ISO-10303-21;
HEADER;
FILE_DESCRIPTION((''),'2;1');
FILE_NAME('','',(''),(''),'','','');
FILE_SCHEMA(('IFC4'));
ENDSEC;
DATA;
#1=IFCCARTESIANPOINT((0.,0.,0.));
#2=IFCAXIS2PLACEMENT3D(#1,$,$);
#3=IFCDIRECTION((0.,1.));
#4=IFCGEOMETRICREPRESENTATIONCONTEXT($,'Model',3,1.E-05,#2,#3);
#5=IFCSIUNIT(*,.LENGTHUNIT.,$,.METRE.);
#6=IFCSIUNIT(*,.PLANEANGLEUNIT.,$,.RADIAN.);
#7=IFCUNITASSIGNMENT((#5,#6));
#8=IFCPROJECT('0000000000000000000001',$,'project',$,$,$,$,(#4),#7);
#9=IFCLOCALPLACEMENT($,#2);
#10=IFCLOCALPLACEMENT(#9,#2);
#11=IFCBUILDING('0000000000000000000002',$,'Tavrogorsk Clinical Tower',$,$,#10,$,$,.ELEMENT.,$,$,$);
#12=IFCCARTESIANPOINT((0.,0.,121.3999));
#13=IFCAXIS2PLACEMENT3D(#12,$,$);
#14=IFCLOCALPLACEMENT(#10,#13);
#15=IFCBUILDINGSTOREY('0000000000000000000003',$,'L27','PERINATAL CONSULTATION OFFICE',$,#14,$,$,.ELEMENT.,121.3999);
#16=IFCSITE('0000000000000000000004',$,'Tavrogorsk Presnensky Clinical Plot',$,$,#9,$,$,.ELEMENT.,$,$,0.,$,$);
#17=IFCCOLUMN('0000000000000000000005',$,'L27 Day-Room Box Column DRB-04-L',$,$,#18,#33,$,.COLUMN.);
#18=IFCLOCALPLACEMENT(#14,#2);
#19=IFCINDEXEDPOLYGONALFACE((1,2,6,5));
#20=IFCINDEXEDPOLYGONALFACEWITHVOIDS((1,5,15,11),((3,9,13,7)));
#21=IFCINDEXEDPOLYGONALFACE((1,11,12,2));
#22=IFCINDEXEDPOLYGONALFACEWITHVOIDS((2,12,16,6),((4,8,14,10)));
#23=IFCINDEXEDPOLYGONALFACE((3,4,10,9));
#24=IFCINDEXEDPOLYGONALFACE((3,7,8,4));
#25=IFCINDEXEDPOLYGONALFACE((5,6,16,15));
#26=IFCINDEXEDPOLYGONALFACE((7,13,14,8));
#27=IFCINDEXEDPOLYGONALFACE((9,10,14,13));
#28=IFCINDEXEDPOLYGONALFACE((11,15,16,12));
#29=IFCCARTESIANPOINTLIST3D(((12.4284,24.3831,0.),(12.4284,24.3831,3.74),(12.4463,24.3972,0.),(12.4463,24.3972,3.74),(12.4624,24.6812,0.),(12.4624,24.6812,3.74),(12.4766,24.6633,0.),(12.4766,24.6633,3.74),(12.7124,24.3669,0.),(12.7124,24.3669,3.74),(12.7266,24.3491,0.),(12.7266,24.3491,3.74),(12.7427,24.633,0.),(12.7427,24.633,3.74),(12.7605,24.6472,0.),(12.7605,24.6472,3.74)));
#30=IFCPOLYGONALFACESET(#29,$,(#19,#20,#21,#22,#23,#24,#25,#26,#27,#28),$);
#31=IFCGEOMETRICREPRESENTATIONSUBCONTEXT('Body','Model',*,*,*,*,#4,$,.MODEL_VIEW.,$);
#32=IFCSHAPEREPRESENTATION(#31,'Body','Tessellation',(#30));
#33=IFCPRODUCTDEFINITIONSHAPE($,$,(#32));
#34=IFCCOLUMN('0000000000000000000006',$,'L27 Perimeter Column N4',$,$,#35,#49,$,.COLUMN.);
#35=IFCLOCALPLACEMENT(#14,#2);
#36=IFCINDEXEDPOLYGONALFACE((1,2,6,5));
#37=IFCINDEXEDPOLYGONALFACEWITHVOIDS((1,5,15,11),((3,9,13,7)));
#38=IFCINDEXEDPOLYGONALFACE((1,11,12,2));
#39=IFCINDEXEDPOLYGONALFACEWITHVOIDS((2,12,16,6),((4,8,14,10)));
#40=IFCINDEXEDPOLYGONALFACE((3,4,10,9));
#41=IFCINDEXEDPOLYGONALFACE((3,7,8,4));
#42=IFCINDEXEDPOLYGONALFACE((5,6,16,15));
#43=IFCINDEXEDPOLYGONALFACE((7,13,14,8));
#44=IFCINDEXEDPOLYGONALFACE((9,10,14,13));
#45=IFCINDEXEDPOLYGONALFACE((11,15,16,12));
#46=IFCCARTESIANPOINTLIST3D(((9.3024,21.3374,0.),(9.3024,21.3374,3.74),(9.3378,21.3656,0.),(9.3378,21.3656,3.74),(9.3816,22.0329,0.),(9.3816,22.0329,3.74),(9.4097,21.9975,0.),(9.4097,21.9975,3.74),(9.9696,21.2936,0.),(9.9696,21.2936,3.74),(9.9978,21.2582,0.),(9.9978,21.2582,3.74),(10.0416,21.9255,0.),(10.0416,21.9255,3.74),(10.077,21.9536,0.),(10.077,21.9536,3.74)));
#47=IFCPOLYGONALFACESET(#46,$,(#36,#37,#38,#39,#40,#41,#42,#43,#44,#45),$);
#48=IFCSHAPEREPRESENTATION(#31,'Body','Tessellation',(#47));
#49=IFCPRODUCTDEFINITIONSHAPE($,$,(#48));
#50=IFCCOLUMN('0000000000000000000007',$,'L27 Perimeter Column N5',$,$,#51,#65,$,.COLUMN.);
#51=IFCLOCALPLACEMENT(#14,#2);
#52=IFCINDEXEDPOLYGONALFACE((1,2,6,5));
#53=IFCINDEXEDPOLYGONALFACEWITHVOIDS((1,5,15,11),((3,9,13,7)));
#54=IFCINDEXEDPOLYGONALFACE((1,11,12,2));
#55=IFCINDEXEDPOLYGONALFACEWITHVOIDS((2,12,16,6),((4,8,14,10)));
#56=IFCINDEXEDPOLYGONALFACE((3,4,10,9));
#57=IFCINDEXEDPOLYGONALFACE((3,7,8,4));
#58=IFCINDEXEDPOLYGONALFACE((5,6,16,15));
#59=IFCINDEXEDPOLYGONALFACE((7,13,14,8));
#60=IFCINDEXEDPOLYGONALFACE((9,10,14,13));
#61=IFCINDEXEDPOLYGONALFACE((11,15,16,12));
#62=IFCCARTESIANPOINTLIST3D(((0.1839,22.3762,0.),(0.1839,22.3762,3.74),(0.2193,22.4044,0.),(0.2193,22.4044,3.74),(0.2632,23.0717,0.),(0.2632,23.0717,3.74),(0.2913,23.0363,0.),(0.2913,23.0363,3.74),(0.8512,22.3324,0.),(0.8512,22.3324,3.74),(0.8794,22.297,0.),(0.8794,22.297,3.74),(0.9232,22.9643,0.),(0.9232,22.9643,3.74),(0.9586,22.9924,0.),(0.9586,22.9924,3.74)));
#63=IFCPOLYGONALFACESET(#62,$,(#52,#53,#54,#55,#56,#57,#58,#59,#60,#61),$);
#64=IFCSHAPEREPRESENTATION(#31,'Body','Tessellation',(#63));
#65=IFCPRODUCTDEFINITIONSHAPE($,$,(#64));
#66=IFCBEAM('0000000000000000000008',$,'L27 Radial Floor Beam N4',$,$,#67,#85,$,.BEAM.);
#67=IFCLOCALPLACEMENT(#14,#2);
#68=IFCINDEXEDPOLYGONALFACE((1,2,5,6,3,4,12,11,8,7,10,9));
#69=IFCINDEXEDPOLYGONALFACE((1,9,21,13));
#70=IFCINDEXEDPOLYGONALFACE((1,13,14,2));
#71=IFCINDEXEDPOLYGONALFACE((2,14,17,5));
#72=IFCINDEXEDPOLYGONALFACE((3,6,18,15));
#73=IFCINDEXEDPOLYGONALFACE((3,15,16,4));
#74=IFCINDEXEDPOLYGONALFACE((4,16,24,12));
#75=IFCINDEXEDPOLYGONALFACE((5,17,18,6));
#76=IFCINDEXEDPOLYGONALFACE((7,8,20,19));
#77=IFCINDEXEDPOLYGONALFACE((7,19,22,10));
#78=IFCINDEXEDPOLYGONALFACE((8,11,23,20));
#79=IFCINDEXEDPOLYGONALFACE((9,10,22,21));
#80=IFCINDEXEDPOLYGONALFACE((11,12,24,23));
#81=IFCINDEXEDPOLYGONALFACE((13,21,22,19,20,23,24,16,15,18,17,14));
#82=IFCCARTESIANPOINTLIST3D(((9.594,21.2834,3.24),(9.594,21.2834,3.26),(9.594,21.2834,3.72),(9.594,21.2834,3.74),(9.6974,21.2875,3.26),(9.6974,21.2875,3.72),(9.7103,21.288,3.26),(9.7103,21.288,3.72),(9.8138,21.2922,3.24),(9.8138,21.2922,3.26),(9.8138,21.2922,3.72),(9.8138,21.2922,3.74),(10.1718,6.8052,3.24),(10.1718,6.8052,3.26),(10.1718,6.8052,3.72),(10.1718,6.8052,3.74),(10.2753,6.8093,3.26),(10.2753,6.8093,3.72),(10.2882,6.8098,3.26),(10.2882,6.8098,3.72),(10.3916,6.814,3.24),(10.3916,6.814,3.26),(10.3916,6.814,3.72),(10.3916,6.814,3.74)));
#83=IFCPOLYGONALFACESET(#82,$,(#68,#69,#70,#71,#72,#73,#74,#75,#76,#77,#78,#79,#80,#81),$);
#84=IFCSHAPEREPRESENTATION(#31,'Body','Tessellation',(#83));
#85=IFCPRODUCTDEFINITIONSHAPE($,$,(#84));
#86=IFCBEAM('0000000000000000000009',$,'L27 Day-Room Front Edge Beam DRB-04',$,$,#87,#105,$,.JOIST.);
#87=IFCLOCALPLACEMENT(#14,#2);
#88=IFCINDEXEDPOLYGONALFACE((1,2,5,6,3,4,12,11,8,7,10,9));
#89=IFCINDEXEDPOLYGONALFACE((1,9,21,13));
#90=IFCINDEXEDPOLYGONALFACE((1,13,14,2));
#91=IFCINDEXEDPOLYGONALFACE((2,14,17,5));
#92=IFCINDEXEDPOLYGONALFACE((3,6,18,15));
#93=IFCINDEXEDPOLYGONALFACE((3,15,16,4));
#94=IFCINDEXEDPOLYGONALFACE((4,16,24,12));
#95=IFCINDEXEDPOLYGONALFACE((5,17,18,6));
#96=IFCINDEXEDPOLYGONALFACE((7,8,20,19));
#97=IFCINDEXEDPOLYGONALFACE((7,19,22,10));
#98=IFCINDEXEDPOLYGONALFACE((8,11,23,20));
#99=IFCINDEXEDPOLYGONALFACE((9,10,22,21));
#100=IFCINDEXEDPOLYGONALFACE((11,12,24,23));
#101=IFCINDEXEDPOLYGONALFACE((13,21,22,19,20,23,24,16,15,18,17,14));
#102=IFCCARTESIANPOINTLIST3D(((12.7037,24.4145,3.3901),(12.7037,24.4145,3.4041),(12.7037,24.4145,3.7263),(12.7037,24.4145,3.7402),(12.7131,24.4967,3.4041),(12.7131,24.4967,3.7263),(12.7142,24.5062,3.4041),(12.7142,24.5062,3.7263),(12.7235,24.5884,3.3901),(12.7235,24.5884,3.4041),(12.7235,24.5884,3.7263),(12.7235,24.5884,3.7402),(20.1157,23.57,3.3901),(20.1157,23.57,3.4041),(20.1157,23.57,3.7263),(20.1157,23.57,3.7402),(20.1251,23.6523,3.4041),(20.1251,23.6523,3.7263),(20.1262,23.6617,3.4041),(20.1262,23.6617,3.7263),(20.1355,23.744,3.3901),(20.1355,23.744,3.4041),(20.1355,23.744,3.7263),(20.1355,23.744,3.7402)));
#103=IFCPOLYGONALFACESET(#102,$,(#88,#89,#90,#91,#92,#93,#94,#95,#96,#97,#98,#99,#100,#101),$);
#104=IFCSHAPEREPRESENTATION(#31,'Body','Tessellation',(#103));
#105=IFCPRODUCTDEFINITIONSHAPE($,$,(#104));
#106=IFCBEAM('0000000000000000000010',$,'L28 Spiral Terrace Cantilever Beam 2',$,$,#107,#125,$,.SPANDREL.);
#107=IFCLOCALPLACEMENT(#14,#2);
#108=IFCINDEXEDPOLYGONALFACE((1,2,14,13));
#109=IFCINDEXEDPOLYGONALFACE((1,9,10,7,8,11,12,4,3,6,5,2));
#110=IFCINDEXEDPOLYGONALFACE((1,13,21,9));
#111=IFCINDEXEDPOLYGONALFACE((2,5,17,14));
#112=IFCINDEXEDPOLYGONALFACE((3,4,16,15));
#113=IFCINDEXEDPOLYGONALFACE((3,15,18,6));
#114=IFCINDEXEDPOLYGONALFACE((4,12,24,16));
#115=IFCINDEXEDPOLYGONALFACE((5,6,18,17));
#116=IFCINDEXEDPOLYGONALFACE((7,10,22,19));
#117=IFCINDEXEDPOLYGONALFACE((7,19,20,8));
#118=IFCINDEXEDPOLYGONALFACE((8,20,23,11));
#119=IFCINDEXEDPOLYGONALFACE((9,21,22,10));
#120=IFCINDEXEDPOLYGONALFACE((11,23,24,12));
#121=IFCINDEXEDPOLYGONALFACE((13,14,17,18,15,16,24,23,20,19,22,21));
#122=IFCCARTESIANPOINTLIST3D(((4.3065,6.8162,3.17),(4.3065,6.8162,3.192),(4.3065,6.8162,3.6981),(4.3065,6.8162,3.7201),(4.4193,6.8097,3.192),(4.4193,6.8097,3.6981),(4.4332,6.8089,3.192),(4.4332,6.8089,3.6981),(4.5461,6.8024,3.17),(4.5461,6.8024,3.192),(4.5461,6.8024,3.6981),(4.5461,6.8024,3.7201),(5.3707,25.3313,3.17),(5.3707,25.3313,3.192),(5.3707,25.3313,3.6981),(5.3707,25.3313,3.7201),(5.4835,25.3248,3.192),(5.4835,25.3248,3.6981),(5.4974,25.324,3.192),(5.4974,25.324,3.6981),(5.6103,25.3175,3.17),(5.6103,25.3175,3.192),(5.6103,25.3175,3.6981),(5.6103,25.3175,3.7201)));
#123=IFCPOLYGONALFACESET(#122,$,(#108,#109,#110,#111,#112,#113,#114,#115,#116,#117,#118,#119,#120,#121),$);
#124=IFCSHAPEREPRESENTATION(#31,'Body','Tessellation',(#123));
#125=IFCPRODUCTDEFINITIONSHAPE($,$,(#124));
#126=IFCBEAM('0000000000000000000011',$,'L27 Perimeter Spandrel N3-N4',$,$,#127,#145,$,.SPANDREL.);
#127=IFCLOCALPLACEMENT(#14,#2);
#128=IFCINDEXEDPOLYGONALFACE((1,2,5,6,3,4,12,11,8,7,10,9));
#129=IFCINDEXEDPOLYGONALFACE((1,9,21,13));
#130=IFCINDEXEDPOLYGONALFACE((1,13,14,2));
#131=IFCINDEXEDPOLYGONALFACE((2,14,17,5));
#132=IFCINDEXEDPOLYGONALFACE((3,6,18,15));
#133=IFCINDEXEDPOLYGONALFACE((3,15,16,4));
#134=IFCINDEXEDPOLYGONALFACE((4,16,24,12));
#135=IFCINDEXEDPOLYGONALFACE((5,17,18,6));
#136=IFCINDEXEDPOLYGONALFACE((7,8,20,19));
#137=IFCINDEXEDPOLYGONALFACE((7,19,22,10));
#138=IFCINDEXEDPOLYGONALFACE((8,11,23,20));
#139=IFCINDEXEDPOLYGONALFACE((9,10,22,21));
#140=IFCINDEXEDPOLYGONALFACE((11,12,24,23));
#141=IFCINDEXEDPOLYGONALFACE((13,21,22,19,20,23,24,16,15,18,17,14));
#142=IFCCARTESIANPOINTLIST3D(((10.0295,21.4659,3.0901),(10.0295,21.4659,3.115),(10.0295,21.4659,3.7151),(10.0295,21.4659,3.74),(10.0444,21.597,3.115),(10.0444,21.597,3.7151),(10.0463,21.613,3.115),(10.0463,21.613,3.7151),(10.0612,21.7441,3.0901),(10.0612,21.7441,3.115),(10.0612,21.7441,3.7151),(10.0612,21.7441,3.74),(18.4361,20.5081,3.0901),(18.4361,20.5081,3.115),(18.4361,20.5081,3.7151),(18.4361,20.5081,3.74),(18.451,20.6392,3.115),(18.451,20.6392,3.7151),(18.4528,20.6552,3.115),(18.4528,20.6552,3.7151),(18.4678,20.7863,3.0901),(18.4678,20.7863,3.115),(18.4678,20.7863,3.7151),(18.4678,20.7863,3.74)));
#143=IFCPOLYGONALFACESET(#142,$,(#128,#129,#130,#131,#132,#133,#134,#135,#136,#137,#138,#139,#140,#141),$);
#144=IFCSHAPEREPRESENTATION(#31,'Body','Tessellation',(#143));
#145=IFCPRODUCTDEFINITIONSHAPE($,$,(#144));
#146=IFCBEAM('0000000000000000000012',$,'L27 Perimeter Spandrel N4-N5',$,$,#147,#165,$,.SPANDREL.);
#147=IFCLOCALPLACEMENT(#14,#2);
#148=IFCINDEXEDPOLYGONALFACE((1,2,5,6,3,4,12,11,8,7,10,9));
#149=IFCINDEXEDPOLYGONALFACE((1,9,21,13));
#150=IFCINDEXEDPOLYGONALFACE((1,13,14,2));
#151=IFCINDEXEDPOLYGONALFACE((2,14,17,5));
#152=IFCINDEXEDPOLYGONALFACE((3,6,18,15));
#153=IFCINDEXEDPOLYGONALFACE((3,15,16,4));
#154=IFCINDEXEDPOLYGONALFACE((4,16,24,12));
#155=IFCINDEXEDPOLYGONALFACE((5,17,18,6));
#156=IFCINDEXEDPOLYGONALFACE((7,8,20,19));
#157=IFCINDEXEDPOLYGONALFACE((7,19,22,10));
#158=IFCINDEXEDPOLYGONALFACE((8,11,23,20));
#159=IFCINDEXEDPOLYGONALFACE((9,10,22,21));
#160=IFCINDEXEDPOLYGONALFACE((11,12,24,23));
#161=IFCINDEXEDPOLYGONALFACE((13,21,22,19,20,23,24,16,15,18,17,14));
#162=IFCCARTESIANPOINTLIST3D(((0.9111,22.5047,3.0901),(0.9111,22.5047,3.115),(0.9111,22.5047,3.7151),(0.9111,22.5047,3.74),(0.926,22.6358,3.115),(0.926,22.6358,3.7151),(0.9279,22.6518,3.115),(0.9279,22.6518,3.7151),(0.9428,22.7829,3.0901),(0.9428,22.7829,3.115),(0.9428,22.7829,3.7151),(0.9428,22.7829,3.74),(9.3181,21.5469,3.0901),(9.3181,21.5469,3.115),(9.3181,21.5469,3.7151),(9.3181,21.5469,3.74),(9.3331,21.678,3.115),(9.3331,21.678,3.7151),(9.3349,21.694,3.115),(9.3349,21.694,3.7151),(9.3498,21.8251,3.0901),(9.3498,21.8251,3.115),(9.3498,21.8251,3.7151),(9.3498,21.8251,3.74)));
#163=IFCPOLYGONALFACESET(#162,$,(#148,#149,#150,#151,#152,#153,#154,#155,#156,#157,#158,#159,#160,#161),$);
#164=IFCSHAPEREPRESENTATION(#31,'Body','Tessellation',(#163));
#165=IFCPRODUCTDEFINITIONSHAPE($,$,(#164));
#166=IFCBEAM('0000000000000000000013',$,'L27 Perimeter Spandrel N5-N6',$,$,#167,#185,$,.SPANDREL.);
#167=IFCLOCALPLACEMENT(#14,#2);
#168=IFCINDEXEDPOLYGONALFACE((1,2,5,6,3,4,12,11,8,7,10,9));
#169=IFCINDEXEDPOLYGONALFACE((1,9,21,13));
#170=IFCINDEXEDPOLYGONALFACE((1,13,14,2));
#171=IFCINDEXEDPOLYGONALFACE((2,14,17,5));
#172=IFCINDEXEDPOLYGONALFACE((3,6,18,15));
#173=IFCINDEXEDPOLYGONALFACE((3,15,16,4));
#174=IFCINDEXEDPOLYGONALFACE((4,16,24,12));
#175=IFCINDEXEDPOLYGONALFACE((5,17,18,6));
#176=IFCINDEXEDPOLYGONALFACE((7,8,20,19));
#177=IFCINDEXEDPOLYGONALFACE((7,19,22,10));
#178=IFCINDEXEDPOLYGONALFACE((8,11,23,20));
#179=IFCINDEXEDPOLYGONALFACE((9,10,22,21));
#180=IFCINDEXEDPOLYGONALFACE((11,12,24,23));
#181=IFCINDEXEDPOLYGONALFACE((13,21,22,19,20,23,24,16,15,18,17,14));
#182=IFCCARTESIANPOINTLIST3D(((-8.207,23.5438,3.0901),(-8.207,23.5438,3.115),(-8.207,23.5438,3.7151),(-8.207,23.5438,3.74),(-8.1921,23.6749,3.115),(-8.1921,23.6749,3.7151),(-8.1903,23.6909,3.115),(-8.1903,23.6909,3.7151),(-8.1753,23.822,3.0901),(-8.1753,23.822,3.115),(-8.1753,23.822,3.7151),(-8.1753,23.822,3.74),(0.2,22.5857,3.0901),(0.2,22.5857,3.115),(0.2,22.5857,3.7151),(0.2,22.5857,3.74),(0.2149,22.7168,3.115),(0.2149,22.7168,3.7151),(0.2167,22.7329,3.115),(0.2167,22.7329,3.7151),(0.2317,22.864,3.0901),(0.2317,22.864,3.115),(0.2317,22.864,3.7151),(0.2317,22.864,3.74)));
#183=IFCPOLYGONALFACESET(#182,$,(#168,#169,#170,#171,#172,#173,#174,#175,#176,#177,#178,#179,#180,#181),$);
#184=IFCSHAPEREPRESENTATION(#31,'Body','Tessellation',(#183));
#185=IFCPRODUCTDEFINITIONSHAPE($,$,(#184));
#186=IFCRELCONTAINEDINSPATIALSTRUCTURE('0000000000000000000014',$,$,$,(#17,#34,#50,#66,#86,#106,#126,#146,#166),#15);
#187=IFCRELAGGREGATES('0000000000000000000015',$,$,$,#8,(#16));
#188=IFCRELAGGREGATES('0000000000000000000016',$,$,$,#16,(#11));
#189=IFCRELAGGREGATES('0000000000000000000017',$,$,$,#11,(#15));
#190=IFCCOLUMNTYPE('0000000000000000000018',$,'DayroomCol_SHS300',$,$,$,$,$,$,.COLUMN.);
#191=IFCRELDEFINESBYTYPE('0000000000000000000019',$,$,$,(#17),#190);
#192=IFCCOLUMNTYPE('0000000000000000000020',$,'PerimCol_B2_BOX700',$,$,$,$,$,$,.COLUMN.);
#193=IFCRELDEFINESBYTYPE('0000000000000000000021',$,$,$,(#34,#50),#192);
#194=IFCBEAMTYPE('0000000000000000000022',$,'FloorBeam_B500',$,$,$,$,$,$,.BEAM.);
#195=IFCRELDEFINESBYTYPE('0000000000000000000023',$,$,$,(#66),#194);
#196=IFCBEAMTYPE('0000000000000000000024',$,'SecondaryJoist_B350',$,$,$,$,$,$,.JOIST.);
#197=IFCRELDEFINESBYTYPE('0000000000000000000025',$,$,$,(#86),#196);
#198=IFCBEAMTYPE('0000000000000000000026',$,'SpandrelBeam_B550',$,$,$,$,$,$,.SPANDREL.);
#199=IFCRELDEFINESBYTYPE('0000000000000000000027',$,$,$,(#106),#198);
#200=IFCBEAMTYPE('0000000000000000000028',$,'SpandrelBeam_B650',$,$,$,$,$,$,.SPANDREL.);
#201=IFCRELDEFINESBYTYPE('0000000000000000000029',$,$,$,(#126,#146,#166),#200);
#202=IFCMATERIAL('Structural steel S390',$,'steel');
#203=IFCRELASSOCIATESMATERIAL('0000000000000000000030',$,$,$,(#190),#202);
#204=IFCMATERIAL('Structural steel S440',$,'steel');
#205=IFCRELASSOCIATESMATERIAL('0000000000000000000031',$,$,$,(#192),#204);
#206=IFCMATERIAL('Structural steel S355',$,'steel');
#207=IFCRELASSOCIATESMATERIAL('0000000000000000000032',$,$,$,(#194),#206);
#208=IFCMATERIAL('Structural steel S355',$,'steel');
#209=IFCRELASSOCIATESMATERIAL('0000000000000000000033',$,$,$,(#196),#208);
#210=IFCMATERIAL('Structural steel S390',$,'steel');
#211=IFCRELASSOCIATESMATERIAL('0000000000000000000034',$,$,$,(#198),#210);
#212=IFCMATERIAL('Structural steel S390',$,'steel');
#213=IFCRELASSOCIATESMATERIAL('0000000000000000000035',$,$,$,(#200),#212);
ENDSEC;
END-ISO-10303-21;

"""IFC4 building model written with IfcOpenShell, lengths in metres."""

from ifc_helpers import new_model, si_unit, direction, frame, origin, origin_2d, place, context, subcontext, project, spatial, hollow_rectangle, i_section, extrude, material, material_profile, profile_set, type_object, element, save


model = new_model("IFC4")

# Units and contexts
model_context = context("Model", 3, precision=1e-05, world=origin(), true_north=direction((0.0, 1.0)))
body_context = subcontext(model_context, "Body", "Model", "MODEL_VIEW")
ifc_project = project(units=[si_unit("LENGTHUNIT", "METRE"), si_unit("PLANEANGLEUNIT", "RADIAN")], contexts=[model_context])

# Site, building, storey
site_placement = place(None, origin())
site = spatial("IfcSite", under=ifc_project, at=site_placement, Name="Tavrogorsk Presnensky Clinical Plot", CompositionType="ELEMENT", RefElevation=0.0)
building_placement = place(site_placement, origin())
building = spatial("IfcBuilding", under=site, at=building_placement, Name="Tavrogorsk Clinical Tower", CompositionType="ELEMENT")
storey_placement = place(building_placement, frame((0.0, 0.0, 121.3999)))
storey = spatial("IfcBuildingStorey", under=building, at=storey_placement, Name="L27", Description="PERINATAL CONSULTATION OFFICE", CompositionType="ELEMENT", Elevation=121.3999)

# Columns
ifc_material_1 = material(Name="Structural steel S390", Category="steel")
ifc_material_profile_1 = material_profile(ifc_material_1, hollow_rectangle(XDim=0.3, YDim=0.3, WallThickness=0.0161, at=origin_2d()), Name="SHS-300x300x16")
ifc_profile_set_1 = profile_set([ifc_material_profile_1], Name="Structural steel S390")
column_type_1 = type_object("IfcColumnType", Name="DayroomCol_SHS300", PredefinedType="COLUMN", material=ifc_profile_set_1)
column_placement = place(storey_placement, frame((12.5945, 24.5151, 0.0), z_axis=(0.0, 0.0, 1.0), x_axis=(0.993572, -0.113203, 0.0)))
element("IfcColumn", 1, at=column_placement, inside=storey, type_object=column_type_1, Name="L27 Day-Room Box Column DRB-04-L", PredefinedType="COLUMN", context=body_context, shape_type="SweptSolid", body=[
    extrude(hollow_rectangle(XDim=0.3, YDim=0.3, WallThickness=0.0161, at=origin_2d()), origin(), (0.0, 0.0, 1.0), 3.74),
])
ifc_material_2 = material(Name="Structural steel S440", Category="steel")
ifc_material_profile_2 = material_profile(ifc_material_2, hollow_rectangle(XDim=0.7, YDim=0.7, WallThickness=0.032, at=origin_2d()), Name="BOX-700x700x32")
ifc_profile_set_2 = profile_set([ifc_material_profile_2], Name="Structural steel S440")
column_type_2 = type_object("IfcColumnType", Name="PerimCol_B2_BOX700", PredefinedType="COLUMN", material=ifc_profile_set_2)
for number, where, z_axis, x_axis, name in (
    (2, (9.6897, 21.6455, 0.0), (0.0, 0.0, 1.0), (0.993572, -0.113203, 0.0), "L27 Perimeter Column N4"),
    (3, (0.5713, 22.6843, 0.0), (0.0, 0.0, 1.0), (0.993572, -0.113203, 0.0), "L27 Perimeter Column N5"),
):
    element("IfcColumn", number, at=place(storey_placement, frame(where, z_axis=z_axis, x_axis=x_axis)), inside=storey, type_object=column_type_2, Name=name, PredefinedType="COLUMN", context=body_context, shape_type="SweptSolid", body=[
        extrude(hollow_rectangle(XDim=0.7, YDim=0.7, WallThickness=0.032, at=origin_2d()), origin(), (0.0, 0.0, 1.0), 3.74),
    ])

# Beams
ifc_material_3 = material(Name="Structural steel S355", Category="steel")
ifc_material_profile_3 = material_profile(ifc_material_3, i_section(OverallWidth=0.22, OverallDepth=0.5, WebThickness=0.0129, FlangeThickness=0.02, at=origin_2d()), Name="B-500x220x13x20")
ifc_profile_set_3 = profile_set([ifc_material_profile_3], Name="Structural steel S355")
beam_type_1 = type_object("IfcBeamType", Name="FloorBeam_B500", PredefinedType="BEAM", material=ifc_profile_set_3)
beam_1_placement = place(storey_placement, frame((10.2817, 6.8096, 3.49), z_axis=(-0.039882, 0.999204, 0.0), x_axis=(-0.999204, -0.039882, 0.0)))
element("IfcBeam", 4, at=beam_1_placement, inside=storey, type_object=beam_type_1, Name="L27 Radial Floor Beam N4", PredefinedType="BEAM", context=body_context, shape_type="SweptSolid", body=[
    extrude(i_section(OverallWidth=0.22, OverallDepth=0.5, WebThickness=0.0129, FlangeThickness=0.02, at=origin_2d()), origin(), (0.0, 0.0, 1.0), 14.4897),
])
ifc_material_4 = material(Name="Structural steel S355", Category="steel")
ifc_material_profile_4 = material_profile(ifc_material_4, i_section(OverallWidth=0.175, OverallDepth=0.3501, WebThickness=0.0095, FlangeThickness=0.0139, at=origin_2d()), Name="B-350x175x9.5x14")
ifc_profile_set_4 = profile_set([ifc_material_profile_4], Name="Structural steel S355")
beam_type_2 = type_object("IfcBeamType", Name="SecondaryJoist_B350", PredefinedType="JOIST", material=ifc_profile_set_4)
beam_2_placement = place(storey_placement, frame((12.7136, 24.5015, 3.5652), z_axis=(0.993572, -0.1132, 0.0), x_axis=(0.1132, 0.993572, 0.0)))
element("IfcBeam", 5, at=beam_2_placement, inside=storey, type_object=beam_type_2, Name="L27 Day-Room Front Edge Beam DRB-04", PredefinedType="JOIST", context=body_context, shape_type="SweptSolid", body=[
    extrude(i_section(OverallWidth=0.175, OverallDepth=0.3501, WebThickness=0.0095, FlangeThickness=0.0139, at=origin_2d()), origin(), (0.0, 0.0, 1.0), 7.46),
])
ifc_material_5 = material(Name="Structural steel S390", Category="steel")
ifc_material_profile_5 = material_profile(ifc_material_5, i_section(OverallWidth=0.24, OverallDepth=0.55, WebThickness=0.0139, FlangeThickness=0.022, at=origin_2d()), Name="B-550x240x14x22")
ifc_profile_set_5 = profile_set([ifc_material_profile_5], Name="Structural steel S390")
beam_type_3 = type_object("IfcBeamType", Name="SpandrelBeam_B550", PredefinedType="SPANDREL", material=ifc_profile_set_5)
beam_3_placement = place(storey_placement, frame((4.4263, 6.8093, 3.4451), z_axis=(0.057383, 0.998352, 0.0), x_axis=(-0.998352, 0.057383, 0.0)))
element("IfcBeam", 6, at=beam_3_placement, inside=storey, type_object=beam_type_3, Name="L28 Spiral Terrace Cantilever Beam 2", PredefinedType="SPANDREL", context=body_context, shape_type="SweptSolid", body=[
    extrude(i_section(OverallWidth=0.24, OverallDepth=0.55, WebThickness=0.0139, FlangeThickness=0.022, at=origin_2d()), origin(), (0.0, 0.0, 1.0), 18.5457),
])
ifc_material_6 = material(Name="Structural steel S390", Category="steel")
ifc_material_profile_6 = material_profile(ifc_material_6, i_section(OverallWidth=0.28, OverallDepth=0.6499, WebThickness=0.0161, FlangeThickness=0.0249, at=origin_2d()), Name="B-650x280x16x25")
ifc_profile_set_6 = profile_set([ifc_material_profile_6], Name="Structural steel S390")
beam_type_4 = type_object("IfcBeamType", Name="SpandrelBeam_B650", PredefinedType="SPANDREL", material=ifc_profile_set_6)
beam_4_placement = place(storey_placement, frame((18.4519, 20.6472, 3.415), z_axis=(-0.993572, 0.113199, 0.0), x_axis=(-0.113199, -0.993572, 0.0)))
element("IfcBeam", 7, at=beam_4_placement, inside=storey, type_object=beam_type_4, Name="L27 Perimeter Spandrel N3-N4", PredefinedType="SPANDREL", context=body_context, shape_type="SweptSolid", body=[
    extrude(i_section(OverallWidth=0.28, OverallDepth=0.6499, WebThickness=0.0161, FlangeThickness=0.0249, at=origin_2d()), origin(), (0.0, 0.0, 1.0), 8.4609),
])
for number, where, z_axis, x_axis, name in (
    (8, (9.334, 21.686, 3.415), (-0.993573, 0.113193, 0.0), (-0.113193, -0.993573, 0.0), "L27 Perimeter Spandrel N4-N5"),
    (9, (0.2158, 22.7249, 3.415), (-0.99357, 0.113221, 0.0), (-0.113221, -0.99357, 0.0), "L27 Perimeter Spandrel N5-N6"),
):
    element("IfcBeam", number, at=place(storey_placement, frame(where, z_axis=z_axis, x_axis=x_axis)), inside=storey, type_object=beam_type_4, Name=name, PredefinedType="SPANDREL", context=body_context, shape_type="SweptSolid", body=[
        extrude(i_section(OverallWidth=0.28, OverallDepth=0.6499, WebThickness=0.0161, FlangeThickness=0.0249, at=origin_2d()), origin(), (0.0, 0.0, 1.0), 8.4614),
    ])

save(model, "model.ifc")
